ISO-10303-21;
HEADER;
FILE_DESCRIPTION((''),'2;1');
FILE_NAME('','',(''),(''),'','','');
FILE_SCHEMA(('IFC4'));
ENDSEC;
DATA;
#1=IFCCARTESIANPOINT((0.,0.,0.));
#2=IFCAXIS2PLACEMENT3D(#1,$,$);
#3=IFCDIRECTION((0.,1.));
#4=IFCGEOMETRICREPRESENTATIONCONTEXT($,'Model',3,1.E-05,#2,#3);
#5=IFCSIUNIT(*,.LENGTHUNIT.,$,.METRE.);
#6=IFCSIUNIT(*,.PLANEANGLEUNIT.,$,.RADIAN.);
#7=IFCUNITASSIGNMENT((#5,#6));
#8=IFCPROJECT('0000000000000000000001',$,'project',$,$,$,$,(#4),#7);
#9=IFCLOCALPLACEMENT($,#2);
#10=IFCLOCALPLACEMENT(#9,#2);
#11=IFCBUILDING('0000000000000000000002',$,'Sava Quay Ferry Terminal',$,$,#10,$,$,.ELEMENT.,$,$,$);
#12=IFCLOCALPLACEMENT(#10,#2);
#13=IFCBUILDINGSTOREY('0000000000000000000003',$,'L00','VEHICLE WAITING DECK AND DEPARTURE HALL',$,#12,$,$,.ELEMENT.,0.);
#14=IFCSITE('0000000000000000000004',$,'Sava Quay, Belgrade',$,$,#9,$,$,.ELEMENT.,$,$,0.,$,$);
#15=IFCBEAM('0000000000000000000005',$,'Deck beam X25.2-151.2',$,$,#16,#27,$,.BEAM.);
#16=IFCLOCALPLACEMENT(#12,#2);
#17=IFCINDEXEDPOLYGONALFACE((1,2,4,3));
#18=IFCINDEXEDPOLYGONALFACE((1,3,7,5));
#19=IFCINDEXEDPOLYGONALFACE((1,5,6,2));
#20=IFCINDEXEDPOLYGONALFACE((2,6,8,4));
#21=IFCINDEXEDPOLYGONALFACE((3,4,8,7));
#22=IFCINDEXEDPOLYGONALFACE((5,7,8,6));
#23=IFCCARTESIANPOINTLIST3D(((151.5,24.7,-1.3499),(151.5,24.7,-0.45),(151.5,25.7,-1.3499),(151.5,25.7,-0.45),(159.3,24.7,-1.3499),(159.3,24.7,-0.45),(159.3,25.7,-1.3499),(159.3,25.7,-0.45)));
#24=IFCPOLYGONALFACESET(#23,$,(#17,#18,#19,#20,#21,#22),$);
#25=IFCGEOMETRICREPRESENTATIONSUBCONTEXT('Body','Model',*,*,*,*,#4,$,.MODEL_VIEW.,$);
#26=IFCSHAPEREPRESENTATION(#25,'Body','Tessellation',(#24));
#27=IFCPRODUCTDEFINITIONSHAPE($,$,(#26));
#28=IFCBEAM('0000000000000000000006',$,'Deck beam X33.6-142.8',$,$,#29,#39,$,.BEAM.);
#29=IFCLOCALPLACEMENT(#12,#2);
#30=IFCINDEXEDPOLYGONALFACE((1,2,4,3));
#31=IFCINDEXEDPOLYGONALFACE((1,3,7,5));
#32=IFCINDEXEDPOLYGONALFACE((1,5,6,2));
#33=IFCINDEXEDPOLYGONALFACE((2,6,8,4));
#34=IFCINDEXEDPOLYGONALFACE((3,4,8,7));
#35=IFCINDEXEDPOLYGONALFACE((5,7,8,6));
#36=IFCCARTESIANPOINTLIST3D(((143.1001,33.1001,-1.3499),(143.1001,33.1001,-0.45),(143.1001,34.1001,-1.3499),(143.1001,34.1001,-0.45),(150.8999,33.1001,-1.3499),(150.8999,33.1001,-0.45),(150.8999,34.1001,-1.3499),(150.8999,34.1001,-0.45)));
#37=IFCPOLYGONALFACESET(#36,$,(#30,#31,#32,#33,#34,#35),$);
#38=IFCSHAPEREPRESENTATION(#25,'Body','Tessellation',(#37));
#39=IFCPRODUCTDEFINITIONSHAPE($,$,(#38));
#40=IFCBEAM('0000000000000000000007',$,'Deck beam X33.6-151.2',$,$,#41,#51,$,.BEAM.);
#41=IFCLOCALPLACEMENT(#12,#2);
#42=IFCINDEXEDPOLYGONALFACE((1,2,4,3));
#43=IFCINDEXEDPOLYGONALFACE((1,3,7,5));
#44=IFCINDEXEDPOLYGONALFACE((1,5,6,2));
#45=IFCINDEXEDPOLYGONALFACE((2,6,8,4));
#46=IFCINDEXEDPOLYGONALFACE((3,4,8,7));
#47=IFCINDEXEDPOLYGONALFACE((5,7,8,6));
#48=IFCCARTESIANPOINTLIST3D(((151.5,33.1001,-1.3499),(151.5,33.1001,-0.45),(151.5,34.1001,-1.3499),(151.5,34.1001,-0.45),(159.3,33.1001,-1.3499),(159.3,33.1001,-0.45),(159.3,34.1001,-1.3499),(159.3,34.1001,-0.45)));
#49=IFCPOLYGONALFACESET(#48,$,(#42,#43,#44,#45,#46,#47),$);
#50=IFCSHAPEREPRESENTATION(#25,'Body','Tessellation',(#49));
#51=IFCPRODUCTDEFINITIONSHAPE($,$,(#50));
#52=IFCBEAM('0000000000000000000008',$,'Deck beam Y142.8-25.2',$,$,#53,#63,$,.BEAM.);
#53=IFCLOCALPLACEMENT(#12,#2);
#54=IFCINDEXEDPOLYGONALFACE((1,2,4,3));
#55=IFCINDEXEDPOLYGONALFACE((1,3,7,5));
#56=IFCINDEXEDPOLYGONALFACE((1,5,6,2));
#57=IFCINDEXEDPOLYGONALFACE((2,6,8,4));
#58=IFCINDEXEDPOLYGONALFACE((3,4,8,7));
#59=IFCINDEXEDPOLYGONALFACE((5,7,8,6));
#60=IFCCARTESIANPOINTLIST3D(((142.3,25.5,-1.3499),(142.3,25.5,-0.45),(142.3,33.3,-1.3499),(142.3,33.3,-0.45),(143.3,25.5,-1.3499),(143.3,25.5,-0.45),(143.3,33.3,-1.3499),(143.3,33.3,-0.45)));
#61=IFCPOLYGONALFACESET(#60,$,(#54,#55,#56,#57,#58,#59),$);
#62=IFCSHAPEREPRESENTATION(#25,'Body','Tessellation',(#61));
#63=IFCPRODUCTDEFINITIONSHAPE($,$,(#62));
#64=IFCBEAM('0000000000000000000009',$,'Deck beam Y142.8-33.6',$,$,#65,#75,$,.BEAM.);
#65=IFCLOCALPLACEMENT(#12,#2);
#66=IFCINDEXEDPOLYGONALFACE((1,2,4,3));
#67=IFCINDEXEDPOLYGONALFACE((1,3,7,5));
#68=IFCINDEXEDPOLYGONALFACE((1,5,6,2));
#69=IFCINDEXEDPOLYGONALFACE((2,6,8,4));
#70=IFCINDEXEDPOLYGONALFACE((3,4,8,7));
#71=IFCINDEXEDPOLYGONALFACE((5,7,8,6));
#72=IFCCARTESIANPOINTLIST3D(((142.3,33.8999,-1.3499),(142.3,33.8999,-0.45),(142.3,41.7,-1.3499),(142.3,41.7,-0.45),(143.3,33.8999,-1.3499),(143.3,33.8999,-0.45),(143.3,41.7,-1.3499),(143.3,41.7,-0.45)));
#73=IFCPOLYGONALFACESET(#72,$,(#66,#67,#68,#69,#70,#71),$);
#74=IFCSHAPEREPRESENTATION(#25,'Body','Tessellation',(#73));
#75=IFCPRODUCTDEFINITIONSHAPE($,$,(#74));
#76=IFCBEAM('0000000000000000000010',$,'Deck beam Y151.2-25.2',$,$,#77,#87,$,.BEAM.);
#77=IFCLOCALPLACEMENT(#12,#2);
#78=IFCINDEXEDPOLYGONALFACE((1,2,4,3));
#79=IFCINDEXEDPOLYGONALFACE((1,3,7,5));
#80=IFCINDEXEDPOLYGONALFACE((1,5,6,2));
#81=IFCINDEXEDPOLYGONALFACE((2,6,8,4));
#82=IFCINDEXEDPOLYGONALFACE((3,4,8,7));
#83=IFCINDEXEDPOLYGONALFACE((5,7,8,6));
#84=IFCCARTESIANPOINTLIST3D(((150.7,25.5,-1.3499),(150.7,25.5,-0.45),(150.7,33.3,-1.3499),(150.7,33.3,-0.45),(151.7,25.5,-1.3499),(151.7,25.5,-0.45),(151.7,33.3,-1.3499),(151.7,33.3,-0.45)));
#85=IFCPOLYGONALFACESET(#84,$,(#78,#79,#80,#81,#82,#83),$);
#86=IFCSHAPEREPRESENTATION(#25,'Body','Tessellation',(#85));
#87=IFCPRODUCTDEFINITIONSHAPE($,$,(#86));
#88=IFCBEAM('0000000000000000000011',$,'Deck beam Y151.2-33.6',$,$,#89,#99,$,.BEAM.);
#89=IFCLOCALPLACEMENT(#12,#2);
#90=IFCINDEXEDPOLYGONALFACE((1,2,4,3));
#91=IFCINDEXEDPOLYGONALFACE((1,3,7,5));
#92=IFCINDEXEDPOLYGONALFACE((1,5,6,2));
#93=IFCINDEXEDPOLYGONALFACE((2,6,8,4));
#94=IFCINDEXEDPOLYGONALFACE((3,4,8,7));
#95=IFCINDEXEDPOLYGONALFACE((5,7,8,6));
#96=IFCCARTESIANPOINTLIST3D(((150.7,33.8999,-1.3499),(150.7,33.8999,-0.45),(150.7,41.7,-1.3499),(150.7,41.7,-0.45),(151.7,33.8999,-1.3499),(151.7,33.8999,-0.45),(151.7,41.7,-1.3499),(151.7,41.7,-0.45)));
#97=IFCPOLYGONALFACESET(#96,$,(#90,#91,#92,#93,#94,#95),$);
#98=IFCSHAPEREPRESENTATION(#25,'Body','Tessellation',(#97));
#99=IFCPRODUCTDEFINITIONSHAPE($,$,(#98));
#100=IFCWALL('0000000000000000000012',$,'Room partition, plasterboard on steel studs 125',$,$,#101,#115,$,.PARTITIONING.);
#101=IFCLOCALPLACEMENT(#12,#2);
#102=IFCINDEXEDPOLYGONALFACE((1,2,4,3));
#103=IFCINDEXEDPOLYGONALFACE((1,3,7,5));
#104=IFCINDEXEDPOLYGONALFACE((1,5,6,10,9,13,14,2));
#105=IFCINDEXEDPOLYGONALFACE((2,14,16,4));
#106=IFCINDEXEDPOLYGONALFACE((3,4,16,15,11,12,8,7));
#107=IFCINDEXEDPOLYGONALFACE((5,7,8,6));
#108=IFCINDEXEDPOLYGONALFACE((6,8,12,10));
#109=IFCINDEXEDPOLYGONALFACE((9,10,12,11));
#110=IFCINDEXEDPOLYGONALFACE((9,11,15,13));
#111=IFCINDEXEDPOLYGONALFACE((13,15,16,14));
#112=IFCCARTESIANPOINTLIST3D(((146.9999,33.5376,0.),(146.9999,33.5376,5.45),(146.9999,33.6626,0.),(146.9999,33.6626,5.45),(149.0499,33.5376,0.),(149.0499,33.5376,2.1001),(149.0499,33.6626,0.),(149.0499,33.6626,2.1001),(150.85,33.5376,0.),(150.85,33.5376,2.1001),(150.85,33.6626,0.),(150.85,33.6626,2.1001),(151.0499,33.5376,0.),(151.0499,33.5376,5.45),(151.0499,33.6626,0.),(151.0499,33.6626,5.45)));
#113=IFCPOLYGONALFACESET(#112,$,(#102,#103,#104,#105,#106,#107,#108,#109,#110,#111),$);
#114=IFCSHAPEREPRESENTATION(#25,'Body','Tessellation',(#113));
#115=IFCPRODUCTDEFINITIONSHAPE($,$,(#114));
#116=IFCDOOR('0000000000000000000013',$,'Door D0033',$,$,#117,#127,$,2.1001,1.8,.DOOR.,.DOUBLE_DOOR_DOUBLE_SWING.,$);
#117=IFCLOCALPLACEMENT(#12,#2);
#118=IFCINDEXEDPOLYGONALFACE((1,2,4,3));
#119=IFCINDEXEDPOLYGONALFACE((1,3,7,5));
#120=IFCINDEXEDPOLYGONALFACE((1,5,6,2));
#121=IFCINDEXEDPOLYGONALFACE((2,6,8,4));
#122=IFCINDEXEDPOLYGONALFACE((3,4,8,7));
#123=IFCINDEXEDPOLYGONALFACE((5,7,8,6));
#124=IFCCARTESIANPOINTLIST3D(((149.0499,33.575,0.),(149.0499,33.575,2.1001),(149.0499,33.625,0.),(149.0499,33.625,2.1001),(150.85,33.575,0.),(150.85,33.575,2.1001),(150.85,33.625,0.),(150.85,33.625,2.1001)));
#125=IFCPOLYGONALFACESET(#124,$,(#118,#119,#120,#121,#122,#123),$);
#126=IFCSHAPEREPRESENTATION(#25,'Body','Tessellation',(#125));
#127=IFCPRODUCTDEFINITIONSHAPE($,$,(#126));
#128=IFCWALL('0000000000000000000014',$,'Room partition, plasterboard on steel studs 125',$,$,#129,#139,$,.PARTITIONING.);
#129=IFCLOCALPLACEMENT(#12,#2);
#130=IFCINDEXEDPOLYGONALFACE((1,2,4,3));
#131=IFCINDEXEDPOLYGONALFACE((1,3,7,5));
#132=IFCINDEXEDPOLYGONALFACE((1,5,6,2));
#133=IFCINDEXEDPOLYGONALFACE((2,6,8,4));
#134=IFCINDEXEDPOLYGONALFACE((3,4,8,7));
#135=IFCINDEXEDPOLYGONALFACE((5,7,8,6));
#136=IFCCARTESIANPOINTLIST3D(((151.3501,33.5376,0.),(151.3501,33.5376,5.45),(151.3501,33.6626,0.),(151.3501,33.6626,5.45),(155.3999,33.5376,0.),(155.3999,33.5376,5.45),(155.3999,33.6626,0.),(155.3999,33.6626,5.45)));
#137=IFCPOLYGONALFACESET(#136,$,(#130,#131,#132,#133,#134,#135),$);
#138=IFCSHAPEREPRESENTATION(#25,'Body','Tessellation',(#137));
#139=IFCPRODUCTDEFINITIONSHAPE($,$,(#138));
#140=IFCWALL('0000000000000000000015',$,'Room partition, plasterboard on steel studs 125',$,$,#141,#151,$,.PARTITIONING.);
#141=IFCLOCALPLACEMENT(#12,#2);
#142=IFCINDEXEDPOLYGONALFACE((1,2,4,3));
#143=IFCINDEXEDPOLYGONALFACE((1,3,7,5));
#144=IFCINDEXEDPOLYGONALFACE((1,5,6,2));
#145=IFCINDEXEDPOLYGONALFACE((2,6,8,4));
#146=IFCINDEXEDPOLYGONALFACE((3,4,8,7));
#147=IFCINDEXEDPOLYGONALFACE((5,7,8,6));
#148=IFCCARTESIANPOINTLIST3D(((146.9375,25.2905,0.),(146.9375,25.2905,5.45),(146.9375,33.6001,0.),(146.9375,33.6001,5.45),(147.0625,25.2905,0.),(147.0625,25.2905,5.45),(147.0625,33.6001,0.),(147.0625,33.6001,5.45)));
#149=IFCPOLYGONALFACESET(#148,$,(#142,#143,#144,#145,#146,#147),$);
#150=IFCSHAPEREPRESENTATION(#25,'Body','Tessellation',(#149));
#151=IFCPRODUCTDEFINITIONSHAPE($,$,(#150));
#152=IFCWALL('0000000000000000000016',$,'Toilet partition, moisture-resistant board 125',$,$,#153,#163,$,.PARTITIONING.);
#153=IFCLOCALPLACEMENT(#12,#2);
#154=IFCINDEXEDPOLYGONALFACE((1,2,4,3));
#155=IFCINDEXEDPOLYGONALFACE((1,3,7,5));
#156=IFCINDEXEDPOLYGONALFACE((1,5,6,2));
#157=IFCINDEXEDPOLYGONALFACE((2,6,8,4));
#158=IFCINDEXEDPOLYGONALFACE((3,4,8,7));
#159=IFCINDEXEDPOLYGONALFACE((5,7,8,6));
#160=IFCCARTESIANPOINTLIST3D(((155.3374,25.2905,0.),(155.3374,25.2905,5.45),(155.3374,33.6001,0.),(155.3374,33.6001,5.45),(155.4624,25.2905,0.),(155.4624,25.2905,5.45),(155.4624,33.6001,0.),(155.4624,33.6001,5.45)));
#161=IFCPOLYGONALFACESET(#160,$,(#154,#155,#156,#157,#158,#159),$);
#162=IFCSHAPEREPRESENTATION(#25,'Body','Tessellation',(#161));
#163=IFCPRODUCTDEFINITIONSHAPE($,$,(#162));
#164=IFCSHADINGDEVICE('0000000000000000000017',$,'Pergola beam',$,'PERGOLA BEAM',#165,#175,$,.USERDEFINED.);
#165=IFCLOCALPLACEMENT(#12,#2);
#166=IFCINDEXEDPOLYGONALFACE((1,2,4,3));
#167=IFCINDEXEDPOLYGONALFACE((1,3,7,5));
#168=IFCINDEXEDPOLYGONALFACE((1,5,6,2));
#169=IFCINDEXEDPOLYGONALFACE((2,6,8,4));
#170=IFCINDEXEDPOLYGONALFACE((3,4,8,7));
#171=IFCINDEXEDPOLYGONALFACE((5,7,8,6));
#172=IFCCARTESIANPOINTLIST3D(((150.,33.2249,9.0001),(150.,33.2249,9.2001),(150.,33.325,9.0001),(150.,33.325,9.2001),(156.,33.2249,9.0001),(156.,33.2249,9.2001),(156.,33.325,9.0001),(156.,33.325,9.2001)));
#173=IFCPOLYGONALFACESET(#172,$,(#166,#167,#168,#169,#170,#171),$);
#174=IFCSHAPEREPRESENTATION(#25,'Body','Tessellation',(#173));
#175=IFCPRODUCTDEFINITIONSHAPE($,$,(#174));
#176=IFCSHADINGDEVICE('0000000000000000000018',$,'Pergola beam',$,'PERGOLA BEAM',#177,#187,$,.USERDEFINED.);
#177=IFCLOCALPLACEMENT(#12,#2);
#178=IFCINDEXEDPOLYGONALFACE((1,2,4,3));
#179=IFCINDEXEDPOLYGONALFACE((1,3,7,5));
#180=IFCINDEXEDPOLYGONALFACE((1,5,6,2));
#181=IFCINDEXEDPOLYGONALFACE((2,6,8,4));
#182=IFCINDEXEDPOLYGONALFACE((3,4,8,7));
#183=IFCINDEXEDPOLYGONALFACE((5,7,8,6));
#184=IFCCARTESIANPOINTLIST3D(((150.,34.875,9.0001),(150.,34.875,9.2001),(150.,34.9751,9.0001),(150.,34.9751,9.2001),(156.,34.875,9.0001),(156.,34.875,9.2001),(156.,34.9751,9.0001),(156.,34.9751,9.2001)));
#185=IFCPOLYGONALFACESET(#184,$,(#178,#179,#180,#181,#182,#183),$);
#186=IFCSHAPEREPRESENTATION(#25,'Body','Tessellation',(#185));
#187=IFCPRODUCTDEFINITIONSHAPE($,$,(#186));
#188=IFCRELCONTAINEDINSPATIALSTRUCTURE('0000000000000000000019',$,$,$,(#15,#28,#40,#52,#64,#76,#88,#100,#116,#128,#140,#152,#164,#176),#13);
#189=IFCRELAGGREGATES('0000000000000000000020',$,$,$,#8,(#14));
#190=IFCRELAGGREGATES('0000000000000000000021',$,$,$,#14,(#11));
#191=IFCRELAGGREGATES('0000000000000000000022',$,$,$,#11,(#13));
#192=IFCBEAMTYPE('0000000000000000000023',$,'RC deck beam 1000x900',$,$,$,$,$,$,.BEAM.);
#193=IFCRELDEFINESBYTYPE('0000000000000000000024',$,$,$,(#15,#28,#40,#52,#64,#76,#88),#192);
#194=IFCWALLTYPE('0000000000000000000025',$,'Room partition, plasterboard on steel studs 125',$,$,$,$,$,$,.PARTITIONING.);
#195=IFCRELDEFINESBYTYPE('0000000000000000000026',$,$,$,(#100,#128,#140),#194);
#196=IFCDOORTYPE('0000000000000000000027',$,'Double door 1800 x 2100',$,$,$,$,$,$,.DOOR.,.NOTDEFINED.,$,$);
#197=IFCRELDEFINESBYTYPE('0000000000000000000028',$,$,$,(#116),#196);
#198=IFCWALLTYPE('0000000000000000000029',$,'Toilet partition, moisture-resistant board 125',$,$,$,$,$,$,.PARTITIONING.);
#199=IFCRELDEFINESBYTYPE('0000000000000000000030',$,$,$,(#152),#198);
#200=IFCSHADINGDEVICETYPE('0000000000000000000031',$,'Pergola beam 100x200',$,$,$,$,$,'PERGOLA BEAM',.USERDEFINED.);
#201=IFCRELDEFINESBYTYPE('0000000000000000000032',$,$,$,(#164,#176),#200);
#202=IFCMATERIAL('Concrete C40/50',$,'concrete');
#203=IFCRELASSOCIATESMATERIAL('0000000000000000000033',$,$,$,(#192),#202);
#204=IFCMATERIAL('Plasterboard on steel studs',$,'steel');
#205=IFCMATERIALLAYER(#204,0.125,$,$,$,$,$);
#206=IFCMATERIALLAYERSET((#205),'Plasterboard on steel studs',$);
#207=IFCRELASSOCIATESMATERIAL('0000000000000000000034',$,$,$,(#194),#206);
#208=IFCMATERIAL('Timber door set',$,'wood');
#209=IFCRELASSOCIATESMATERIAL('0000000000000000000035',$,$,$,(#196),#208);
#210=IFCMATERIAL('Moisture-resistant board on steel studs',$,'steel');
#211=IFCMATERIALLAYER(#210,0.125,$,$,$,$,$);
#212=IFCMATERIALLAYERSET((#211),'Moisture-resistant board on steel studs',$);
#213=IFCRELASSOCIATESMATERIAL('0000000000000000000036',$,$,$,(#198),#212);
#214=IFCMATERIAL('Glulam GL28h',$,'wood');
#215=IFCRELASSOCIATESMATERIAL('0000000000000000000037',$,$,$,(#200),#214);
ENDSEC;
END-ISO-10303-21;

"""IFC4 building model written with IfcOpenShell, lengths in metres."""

from ifc_helpers import new_model, si_unit, direction, frame, frame_2d, origin, origin_2d, place, context, subcontext, project, spatial, rectangle, extrude, material, layer, layer_set, material_profile, profile_set, type_object, element, fill, save


model = new_model("IFC4")

# Units and contexts
model_context = context("Model", 3, precision=1e-05, world=origin(), true_north=direction((0.0, 1.0)))
body_context = subcontext(model_context, "Body", "Model", "MODEL_VIEW")
ifc_project = project(units=[si_unit("LENGTHUNIT", "METRE"), si_unit("PLANEANGLEUNIT", "RADIAN")], contexts=[model_context])

# Site, building, storey
site_placement = place(None, origin())
site = spatial("IfcSite", under=ifc_project, at=site_placement, Name="Sava Quay, Belgrade", CompositionType="ELEMENT", RefElevation=0.0)
building_placement = place(site_placement, origin())
building = spatial("IfcBuilding", under=site, at=building_placement, Name="Sava Quay Ferry Terminal", CompositionType="ELEMENT")
storey_placement = place(building_placement, origin())
storey = spatial("IfcBuildingStorey", under=building, at=storey_placement, Name="L00", Description="VEHICLE WAITING DECK AND DEPARTURE HALL", CompositionType="ELEMENT", Elevation=0.0)

# Beams
ifc_material_1 = material(Name="Concrete C40/50", Category="concrete")
ifc_material_profile_1 = material_profile(ifc_material_1, rectangle(XDim=1.0, YDim=0.8999, at=origin_2d()), Name="RC 1000x900")
ifc_profile_set_1 = profile_set([ifc_material_profile_1], Name="Concrete C40/50")
beam_type = type_object("IfcBeamType", Name="RC deck beam 1000x900", PredefinedType="BEAM", material=ifc_profile_set_1)
beam_1_placement = place(storey_placement, frame((151.5, 25.2, -0.8999), z_axis=(1.0, 0.0, 0.0), x_axis=(0.0, 1.0, 0.0)))
element("IfcBeam", 1, at=beam_1_placement, inside=storey, type_object=beam_type, Name="Deck beam X25.2-151.2", PredefinedType="BEAM", context=body_context, shape_type="SweptSolid", body=[
    extrude(rectangle(XDim=1.0, YDim=0.8999, at=origin_2d()), origin(), (0.0, 0.0, 1.0), 7.8),
])
beam_2_placement = place(storey_placement, frame((143.1001, 33.6001, -0.8999), z_axis=(1.0, 0.0, 0.0), x_axis=(0.0, 1.0, 0.0)))
element("IfcBeam", 2, at=beam_2_placement, inside=storey, type_object=beam_type, Name="Deck beam X33.6-142.8", PredefinedType="BEAM", context=body_context, shape_type="SweptSolid", body=[
    extrude(rectangle(XDim=1.0, YDim=0.8999, at=origin_2d()), origin(), (0.0, 0.0, 1.0), 7.7998),
])
for number, where, z_axis, x_axis, name in (
    (3, (151.5, 33.6001, -0.8999), (1.0, 0.0, 0.0), (0.0, 1.0, 0.0), "Deck beam X33.6-151.2"),
    (4, (142.8, 25.5, -0.8999), (0.0, 1.0, 0.0), (-1.0, 0.0, 0.0), "Deck beam Y142.8-25.2"),
    (5, (142.8, 33.8999, -0.8999), (0.0, 1.0, 0.0), (-1.0, 0.0, 0.0), "Deck beam Y142.8-33.6"),
    (6, (151.2, 25.5, -0.8999), (0.0, 1.0, 0.0), (-1.0, 0.0, 0.0), "Deck beam Y151.2-25.2"),
    (7, (151.2, 33.8999, -0.8999), (0.0, 1.0, 0.0), (-1.0, 0.0, 0.0), "Deck beam Y151.2-33.6"),
):
    element("IfcBeam", number, at=place(storey_placement, frame(where, z_axis=z_axis, x_axis=x_axis)), inside=storey, type_object=beam_type, Name=name, PredefinedType="BEAM", context=body_context, shape_type="SweptSolid", body=[
        extrude(rectangle(XDim=1.0, YDim=0.8999, at=origin_2d()), origin(), (0.0, 0.0, 1.0), 7.8),
    ])

# Wall, opening, door
ifc_material_2 = material(Name="Plasterboard on steel studs", Category="steel")
ifc_layer_1 = layer(ifc_material_2, 0.125)
ifc_layer_set_1 = layer_set([ifc_layer_1], Name="Plasterboard on steel studs")
wall_type_1 = type_object("IfcWallType", Name="Room partition, plasterboard on steel studs 125", PredefinedType="PARTITIONING", material=ifc_layer_set_1)
wall_1_placement = place(storey_placement, frame((147.0, 33.6001, 0.0), z_axis=(0.0, 0.0, 1.0), x_axis=(1.0, 0.0, 0.0)))
wall_1 = element("IfcWall", 8, at=wall_1_placement, inside=storey, type_object=wall_type_1, Name="Room partition, plasterboard on steel studs 125", PredefinedType="PARTITIONING", context=body_context, shape_type="SweptSolid", body=[
    extrude(rectangle(XDim=4.05, YDim=0.125, at=frame_2d((2.0249, 0.0))), origin(), (0.0, 0.0, 1.0), 5.45),
])
opening_placement = place(wall_1_placement, frame((2.05, 0.0, 0.0)))
opening = element("IfcOpeningElement", 9, at=opening_placement, cuts=wall_1, PredefinedType="OPENING", context=body_context, shape_type="SweptSolid", body=[
    extrude(rectangle(XDim=1.8, YDim=2.1001, at=frame_2d((0.8999, 1.05))), frame((0.0, 0.0625, 0.0), z_axis=(0.0, -1.0, 0.0), x_axis=(1.0, 0.0, 0.0)), (0.0, 0.0, 1.0), 0.125),
])
ifc_material_3 = material(Name="Timber door set", Category="wood")
door_type = type_object("IfcDoorType", Name="Double door 1800 x 2100", OperationType="NOTDEFINED", PredefinedType="DOOR", material=ifc_material_3)
door_placement = place(opening_placement, origin())
door = element("IfcDoor", 10, at=door_placement, inside=storey, type_object=door_type, Name="Door D0033", OperationType="DOUBLE_DOOR_DOUBLE_SWING", OverallHeight=2.1001, OverallWidth=1.8, PredefinedType="DOOR", context=body_context, shape_type="SweptSolid", body=[
    extrude(rectangle(XDim=1.8, YDim=2.1001, at=frame_2d((0.8999, 1.05))), frame((0.0, 0.0249, 0.0), z_axis=(0.0, -1.0, 0.0), x_axis=(1.0, 0.0, 0.0)), (0.0, 0.0, 1.0), 0.05),
])
fill(opening, door)

# Walls
wall_2_placement = place(storey_placement, frame((151.3501, 33.6001, 0.0), z_axis=(0.0, 0.0, 1.0), x_axis=(1.0, 0.0, 0.0)))
element("IfcWall", 11, at=wall_2_placement, inside=storey, type_object=wall_type_1, Name="Room partition, plasterboard on steel studs 125", PredefinedType="PARTITIONING", context=body_context, shape_type="SweptSolid", body=[
    extrude(rectangle(XDim=4.0498, YDim=0.125, at=frame_2d((2.0249, 0.0))), origin(), (0.0, 0.0, 1.0), 5.45),
])
wall_3_placement = place(storey_placement, frame((147.0, 25.2905, 0.0), z_axis=(0.0, 0.0, 1.0), x_axis=(0.0, 1.0, 0.0)))
element("IfcWall", 12, at=wall_3_placement, inside=storey, type_object=wall_type_1, Name="Room partition, plasterboard on steel studs 125", PredefinedType="PARTITIONING", context=body_context, shape_type="SweptSolid", body=[
    extrude(rectangle(XDim=8.3096, YDim=0.125, at=frame_2d((4.1548, 0.0))), origin(), (0.0, 0.0, 1.0), 5.45),
])
ifc_material_4 = material(Name="Moisture-resistant board on steel studs", Category="steel")
ifc_layer_2 = layer(ifc_material_4, 0.125)
ifc_layer_set_2 = layer_set([ifc_layer_2], Name="Moisture-resistant board on steel studs")
wall_type_2 = type_object("IfcWallType", Name="Toilet partition, moisture-resistant board 125", PredefinedType="PARTITIONING", material=ifc_layer_set_2)
wall_4_placement = place(storey_placement, frame((155.3999, 25.2905, 0.0), z_axis=(0.0, 0.0, 1.0), x_axis=(0.0, 1.0, 0.0)))
element("IfcWall", 13, at=wall_4_placement, inside=storey, type_object=wall_type_2, Name="Toilet partition, moisture-resistant board 125", PredefinedType="PARTITIONING", context=body_context, shape_type="SweptSolid", body=[
    extrude(rectangle(XDim=8.3096, YDim=0.125, at=frame_2d((4.1548, 0.0))), origin(), (0.0, 0.0, 1.0), 5.45),
])

# Shading devices
ifc_material_5 = material(Name="Glulam GL28h", Category="wood")
ifc_material_profile_2 = material_profile(ifc_material_5, rectangle(XDim=0.1001, YDim=0.2, at=origin_2d()), Name="Pergola 100 x 200")
ifc_profile_set_2 = profile_set([ifc_material_profile_2], Name="Glulam GL28h")
shading_device_type_1 = type_object("IfcShadingDeviceType", Name="Pergola beam 100x200", ElementType="PERGOLA BEAM", PredefinedType="USERDEFINED", material=ifc_profile_set_2)
for number, where, z_axis, x_axis, name in (
    (14, (150.0, 33.2749, 9.1001), (1.0, 0.0, 0.0), (0.0, 1.0, 0.0), "Pergola beam"),
    (15, (150.0, 34.925, 9.1001), (1.0, 0.0, 0.0), (0.0, 1.0, 0.0), "Pergola beam"),
):
    element("IfcShadingDevice", number, at=place(storey_placement, frame(where, z_axis=z_axis, x_axis=x_axis)), inside=storey, type_object=shading_device_type_1, Name=name, ObjectType="PERGOLA BEAM", PredefinedType="USERDEFINED", context=body_context, shape_type="SweptSolid", body=[
        extrude(rectangle(XDim=0.1001, YDim=0.2, at=origin_2d()), origin(), (0.0, 0.0, 1.0), 6.0),
    ])

save(model, "model.ifc")
